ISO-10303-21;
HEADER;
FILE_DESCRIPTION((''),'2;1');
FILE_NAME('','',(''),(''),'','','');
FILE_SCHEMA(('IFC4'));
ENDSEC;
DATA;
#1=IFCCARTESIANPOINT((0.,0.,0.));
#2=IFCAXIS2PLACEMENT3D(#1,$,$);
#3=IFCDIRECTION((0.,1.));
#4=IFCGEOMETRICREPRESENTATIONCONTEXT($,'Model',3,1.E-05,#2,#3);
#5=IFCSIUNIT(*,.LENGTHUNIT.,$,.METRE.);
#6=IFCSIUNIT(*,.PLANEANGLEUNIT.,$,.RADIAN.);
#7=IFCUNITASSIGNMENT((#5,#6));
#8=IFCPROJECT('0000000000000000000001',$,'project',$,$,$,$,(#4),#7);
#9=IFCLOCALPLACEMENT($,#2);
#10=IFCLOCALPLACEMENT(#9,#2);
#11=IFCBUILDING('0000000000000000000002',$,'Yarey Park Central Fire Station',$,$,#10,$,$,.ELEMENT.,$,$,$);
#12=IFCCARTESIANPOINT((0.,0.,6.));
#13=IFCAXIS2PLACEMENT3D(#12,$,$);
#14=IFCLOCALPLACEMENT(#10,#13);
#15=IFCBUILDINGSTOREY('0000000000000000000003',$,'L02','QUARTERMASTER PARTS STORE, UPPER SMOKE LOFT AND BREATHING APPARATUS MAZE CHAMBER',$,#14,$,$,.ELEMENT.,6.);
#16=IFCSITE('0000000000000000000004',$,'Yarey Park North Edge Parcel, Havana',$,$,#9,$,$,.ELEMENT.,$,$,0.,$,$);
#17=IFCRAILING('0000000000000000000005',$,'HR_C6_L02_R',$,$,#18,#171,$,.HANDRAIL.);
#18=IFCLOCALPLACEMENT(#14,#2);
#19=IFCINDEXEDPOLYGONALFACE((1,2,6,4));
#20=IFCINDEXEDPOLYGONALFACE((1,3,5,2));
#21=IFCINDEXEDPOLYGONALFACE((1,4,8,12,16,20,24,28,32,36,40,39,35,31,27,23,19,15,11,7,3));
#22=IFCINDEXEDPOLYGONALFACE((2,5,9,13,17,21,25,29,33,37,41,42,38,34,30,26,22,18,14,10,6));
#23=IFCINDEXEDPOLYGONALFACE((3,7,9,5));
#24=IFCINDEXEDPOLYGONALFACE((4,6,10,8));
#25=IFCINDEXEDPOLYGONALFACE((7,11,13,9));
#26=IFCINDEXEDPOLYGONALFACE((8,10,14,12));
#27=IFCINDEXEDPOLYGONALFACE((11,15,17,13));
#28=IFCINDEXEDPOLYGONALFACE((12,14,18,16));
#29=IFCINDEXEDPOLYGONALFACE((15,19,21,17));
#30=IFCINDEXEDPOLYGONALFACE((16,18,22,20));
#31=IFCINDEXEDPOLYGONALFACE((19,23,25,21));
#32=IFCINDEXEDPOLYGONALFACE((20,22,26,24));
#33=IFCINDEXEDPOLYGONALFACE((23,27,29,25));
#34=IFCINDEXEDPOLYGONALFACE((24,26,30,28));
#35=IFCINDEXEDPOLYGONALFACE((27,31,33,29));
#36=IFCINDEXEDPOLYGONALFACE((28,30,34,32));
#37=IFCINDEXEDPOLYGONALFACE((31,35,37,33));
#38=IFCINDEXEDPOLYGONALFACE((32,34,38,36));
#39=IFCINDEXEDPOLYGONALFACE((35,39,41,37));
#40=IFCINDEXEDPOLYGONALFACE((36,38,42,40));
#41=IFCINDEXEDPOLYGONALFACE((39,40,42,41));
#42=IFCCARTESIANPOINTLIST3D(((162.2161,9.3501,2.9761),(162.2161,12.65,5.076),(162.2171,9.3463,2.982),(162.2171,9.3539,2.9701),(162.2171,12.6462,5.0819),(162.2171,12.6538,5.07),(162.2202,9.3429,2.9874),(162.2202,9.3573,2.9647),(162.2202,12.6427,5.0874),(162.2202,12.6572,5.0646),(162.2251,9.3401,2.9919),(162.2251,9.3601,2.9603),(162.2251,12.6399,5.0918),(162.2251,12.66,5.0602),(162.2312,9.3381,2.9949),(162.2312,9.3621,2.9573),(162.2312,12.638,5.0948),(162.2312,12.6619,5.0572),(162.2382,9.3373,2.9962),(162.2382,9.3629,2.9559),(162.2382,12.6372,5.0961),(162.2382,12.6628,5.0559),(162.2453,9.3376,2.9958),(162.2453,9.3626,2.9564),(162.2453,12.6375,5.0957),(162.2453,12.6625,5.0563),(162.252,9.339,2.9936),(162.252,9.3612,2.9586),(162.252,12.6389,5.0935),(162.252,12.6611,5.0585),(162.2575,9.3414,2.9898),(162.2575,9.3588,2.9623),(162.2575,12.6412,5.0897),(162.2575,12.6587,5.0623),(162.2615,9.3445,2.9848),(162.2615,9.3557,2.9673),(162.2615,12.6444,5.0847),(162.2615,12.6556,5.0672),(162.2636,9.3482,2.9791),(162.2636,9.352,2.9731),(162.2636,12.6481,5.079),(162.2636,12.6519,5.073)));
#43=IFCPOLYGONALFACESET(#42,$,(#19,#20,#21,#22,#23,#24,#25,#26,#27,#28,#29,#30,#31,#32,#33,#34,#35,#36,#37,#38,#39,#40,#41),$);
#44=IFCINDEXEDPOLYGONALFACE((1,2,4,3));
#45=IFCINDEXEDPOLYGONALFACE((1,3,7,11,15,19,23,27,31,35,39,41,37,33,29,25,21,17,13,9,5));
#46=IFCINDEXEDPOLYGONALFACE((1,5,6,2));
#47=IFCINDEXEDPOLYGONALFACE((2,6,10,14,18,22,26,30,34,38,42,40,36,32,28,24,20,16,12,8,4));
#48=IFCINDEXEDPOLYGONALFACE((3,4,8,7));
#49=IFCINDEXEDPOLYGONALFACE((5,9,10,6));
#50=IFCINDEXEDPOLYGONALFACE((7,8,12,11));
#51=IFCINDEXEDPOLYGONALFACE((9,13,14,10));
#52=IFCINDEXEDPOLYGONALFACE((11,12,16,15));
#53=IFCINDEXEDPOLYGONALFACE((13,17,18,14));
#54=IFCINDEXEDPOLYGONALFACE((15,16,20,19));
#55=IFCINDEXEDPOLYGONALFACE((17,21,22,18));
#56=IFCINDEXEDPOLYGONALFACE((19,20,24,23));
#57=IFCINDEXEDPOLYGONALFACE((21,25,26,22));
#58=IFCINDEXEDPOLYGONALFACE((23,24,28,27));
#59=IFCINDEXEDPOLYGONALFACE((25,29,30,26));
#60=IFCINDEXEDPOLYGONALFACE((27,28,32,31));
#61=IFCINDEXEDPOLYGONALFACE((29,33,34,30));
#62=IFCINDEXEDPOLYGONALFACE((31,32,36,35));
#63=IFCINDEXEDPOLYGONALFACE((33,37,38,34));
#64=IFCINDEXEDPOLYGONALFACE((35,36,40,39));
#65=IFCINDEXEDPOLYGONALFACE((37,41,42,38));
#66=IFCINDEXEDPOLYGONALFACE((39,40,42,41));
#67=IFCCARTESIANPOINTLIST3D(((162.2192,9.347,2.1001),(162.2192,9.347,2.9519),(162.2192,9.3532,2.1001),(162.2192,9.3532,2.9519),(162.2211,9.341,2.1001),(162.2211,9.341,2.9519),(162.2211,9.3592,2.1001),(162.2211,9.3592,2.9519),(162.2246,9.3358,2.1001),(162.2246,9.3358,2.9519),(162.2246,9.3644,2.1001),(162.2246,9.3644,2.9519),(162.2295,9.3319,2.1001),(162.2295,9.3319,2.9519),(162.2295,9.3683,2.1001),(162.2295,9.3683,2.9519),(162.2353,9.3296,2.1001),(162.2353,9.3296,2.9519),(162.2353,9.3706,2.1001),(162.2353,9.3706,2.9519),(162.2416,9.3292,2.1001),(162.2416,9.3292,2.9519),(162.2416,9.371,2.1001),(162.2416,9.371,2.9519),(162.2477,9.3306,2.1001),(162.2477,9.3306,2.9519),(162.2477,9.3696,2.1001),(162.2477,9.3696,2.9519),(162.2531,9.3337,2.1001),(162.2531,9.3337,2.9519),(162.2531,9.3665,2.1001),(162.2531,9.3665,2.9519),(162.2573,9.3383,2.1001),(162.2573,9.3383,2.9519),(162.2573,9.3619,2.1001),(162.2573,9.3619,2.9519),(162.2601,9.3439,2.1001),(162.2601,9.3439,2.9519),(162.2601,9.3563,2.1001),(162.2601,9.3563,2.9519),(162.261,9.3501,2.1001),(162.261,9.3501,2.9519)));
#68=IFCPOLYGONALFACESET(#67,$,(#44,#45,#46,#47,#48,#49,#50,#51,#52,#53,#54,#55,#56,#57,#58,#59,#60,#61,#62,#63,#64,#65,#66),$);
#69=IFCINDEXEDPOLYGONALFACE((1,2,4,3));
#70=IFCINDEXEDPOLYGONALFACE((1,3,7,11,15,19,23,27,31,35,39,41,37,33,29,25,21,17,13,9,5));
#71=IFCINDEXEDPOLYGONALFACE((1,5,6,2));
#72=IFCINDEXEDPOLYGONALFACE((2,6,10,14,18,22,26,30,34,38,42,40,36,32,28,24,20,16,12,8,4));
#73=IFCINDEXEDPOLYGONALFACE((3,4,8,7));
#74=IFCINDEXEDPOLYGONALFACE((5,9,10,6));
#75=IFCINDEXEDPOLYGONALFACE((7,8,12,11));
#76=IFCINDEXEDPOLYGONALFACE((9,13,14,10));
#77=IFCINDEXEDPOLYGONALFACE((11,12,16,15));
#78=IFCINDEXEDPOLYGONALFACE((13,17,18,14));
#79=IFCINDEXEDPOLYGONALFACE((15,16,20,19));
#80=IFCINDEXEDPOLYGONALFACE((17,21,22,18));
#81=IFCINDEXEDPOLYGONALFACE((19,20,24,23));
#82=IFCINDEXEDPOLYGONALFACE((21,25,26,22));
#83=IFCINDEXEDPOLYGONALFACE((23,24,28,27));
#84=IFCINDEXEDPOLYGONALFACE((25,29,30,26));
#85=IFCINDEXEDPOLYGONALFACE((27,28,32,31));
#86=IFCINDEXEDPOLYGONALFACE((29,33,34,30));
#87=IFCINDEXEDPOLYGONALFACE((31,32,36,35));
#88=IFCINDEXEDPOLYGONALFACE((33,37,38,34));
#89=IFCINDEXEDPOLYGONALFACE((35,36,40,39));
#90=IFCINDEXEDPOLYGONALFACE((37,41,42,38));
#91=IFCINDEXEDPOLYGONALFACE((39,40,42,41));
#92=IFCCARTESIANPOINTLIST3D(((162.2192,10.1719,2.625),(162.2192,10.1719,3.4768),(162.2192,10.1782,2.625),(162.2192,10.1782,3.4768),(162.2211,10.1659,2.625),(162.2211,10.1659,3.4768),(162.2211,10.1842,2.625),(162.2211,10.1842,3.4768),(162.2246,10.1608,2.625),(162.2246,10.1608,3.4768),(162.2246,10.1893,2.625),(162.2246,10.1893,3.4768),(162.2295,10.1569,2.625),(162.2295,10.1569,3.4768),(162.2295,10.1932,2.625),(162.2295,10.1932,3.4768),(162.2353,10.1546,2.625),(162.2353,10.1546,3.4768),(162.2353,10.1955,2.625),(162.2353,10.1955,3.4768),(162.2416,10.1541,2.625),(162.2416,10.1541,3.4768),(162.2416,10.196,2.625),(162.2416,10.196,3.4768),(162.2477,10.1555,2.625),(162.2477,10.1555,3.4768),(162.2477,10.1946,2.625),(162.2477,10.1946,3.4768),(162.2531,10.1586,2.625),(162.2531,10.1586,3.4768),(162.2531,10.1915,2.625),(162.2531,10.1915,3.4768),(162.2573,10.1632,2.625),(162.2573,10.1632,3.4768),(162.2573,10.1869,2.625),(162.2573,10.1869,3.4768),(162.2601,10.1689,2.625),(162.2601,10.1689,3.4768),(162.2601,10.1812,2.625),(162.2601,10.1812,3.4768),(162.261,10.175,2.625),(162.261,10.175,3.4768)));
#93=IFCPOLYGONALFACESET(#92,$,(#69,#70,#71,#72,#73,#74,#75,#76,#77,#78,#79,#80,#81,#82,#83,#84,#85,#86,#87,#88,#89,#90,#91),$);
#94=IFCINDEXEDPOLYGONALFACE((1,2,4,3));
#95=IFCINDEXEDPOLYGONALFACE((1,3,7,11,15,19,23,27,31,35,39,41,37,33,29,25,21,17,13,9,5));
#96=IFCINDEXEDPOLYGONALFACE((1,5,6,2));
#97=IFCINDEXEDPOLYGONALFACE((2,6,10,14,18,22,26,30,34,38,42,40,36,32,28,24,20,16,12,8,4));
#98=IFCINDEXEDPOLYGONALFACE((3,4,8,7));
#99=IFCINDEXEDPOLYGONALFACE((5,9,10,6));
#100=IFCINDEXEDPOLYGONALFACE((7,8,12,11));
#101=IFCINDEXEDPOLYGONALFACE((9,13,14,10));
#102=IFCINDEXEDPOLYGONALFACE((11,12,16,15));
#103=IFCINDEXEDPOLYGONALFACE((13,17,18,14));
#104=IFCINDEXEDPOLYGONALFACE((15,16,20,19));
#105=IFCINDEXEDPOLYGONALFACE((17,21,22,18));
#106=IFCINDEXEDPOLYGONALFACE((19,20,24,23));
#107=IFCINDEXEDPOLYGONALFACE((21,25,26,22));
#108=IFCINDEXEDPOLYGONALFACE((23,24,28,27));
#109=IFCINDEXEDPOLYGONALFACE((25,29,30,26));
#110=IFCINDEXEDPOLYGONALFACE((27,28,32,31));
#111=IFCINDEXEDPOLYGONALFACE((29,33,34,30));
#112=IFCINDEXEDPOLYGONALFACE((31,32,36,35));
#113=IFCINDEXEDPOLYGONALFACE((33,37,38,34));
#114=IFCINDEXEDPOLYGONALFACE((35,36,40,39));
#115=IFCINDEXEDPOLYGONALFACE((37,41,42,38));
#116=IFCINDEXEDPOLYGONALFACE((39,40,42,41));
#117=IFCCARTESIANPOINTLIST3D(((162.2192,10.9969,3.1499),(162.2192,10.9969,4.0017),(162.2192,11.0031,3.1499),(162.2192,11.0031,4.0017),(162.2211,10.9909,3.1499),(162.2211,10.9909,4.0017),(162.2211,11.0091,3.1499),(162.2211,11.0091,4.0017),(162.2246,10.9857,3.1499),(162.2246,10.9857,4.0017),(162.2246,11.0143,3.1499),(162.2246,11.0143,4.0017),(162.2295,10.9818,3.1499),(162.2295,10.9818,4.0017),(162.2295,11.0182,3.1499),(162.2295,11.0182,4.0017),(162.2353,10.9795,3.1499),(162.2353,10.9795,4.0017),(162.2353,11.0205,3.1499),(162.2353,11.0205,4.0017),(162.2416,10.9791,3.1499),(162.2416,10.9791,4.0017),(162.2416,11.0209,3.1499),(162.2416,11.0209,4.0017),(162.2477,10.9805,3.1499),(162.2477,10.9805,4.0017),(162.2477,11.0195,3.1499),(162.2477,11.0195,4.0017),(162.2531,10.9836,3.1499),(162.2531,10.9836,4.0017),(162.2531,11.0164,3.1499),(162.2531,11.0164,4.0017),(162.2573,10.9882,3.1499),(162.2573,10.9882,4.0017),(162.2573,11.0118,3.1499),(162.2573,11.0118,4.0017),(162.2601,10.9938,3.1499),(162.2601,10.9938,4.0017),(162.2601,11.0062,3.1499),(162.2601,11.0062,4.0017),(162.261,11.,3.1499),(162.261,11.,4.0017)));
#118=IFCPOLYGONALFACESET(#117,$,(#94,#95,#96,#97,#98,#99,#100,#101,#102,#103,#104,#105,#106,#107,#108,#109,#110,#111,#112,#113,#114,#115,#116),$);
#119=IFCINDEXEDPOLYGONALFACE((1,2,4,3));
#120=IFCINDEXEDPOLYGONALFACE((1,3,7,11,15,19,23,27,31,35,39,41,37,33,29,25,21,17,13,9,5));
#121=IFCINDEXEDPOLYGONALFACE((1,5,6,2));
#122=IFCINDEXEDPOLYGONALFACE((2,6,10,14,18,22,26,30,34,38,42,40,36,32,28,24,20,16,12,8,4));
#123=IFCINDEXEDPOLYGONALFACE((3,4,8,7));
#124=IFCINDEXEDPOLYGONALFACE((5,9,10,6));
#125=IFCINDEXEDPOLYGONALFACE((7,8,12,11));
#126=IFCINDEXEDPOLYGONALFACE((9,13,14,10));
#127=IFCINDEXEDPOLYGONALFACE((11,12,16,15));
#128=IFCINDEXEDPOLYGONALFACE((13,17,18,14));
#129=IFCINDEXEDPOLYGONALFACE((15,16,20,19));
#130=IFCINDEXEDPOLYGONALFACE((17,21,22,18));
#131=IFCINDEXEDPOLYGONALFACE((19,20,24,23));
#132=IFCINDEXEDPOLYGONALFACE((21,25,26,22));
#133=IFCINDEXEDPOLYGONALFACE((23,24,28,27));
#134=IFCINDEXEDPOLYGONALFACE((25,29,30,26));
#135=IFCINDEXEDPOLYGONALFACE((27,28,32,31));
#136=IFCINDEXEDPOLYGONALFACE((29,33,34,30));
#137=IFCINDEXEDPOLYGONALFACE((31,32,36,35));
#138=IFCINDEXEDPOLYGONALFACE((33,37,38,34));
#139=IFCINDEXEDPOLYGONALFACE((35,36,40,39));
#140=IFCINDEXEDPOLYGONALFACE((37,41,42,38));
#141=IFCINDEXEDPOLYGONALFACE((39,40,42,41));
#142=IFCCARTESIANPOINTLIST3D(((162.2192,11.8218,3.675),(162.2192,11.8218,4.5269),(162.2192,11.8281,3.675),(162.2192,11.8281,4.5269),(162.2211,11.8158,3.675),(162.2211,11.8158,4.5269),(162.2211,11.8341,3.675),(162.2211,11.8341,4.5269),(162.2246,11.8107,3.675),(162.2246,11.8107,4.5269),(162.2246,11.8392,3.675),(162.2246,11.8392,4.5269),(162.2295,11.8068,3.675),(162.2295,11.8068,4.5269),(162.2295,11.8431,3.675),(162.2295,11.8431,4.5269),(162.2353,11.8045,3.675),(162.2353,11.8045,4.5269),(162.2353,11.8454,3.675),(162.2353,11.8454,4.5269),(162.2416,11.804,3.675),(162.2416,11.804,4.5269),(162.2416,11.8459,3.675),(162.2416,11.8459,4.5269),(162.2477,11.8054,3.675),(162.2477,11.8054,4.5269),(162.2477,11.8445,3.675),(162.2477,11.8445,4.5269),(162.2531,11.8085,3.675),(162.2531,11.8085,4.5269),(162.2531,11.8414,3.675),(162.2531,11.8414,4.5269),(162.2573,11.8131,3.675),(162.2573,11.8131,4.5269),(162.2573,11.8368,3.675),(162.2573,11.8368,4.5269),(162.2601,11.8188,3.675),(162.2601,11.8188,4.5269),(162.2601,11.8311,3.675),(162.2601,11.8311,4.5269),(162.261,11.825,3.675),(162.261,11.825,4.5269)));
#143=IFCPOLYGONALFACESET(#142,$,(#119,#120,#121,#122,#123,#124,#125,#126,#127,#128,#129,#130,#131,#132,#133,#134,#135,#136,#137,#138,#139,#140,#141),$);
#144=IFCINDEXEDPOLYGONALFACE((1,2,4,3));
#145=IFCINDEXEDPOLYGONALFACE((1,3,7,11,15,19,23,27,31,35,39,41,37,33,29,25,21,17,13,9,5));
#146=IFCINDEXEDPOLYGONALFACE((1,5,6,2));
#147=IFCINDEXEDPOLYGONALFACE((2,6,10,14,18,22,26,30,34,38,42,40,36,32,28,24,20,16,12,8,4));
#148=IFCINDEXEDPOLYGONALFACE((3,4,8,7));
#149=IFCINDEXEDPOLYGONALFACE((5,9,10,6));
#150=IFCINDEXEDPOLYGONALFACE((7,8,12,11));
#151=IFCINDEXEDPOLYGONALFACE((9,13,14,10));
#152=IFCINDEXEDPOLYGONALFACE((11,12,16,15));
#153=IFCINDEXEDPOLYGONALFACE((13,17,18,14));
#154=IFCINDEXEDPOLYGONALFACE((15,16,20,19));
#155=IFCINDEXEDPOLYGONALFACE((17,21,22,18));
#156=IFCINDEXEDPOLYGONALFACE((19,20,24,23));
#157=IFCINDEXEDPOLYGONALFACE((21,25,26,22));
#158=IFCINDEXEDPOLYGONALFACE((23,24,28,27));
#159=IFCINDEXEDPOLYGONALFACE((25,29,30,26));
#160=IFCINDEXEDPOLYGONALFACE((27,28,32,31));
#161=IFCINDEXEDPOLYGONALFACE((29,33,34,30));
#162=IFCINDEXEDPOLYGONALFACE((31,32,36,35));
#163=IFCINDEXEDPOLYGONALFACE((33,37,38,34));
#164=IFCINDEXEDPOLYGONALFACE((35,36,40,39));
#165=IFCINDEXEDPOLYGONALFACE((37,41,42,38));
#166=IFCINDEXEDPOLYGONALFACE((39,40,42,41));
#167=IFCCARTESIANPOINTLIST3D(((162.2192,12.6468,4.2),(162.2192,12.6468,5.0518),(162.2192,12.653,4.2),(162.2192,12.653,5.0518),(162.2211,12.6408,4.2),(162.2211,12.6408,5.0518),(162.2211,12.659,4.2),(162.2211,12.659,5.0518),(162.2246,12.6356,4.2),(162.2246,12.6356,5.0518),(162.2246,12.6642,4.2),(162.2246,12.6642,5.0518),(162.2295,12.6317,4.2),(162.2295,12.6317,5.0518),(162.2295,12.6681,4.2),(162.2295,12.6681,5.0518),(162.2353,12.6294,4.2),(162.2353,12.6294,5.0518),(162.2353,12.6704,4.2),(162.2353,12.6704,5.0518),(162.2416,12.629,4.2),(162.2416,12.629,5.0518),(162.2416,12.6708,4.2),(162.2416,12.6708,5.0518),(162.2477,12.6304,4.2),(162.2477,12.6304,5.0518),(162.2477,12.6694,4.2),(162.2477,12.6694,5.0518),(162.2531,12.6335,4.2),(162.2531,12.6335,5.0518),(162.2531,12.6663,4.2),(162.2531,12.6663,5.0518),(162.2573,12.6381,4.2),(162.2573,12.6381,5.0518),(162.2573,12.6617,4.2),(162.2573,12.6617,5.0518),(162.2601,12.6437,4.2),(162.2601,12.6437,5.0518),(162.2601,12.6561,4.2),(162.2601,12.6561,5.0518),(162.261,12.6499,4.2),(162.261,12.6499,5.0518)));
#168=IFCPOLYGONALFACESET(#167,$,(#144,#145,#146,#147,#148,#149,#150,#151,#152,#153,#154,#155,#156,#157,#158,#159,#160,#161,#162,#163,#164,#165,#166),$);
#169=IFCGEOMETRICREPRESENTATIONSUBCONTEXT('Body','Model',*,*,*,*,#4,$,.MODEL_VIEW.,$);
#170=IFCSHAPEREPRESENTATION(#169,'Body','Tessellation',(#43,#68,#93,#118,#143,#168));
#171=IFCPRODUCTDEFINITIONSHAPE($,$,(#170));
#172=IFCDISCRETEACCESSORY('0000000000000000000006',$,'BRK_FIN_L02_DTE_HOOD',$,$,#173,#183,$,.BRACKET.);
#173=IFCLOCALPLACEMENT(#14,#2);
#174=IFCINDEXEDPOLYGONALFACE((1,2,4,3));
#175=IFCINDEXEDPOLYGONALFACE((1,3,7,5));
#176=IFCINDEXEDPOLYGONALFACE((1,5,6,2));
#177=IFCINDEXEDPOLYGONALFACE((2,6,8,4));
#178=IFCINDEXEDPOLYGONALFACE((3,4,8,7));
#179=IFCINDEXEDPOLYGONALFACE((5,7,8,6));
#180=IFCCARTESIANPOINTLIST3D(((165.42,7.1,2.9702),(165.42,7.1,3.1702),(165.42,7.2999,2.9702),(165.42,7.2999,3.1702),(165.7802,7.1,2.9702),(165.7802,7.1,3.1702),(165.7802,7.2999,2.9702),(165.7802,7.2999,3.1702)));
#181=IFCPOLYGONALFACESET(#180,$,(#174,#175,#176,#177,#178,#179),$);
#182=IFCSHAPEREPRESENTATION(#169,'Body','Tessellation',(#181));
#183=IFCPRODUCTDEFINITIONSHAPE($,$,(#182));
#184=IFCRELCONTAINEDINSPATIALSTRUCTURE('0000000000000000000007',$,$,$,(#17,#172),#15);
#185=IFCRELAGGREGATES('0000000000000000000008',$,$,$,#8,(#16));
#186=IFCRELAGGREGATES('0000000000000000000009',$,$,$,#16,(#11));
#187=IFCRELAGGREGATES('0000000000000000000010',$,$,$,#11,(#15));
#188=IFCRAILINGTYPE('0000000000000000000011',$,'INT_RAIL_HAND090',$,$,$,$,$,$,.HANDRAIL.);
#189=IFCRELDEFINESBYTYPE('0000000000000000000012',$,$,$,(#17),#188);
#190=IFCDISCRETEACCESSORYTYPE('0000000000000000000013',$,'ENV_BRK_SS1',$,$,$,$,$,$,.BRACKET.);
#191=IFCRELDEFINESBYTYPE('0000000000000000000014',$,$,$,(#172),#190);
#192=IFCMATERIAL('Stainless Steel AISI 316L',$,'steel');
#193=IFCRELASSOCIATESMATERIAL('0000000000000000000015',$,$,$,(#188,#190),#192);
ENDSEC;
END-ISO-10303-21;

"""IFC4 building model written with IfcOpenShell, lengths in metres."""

from ifc_helpers import new_model, si_unit, direction, frame, origin, origin_2d, place, context, subcontext, project, spatial, rectangle, circle, extrude, material, type_object, element, save


model = new_model("IFC4")

# Units and contexts
model_context = context("Model", 3, precision=1e-05, world=origin(), true_north=direction((0.0, 1.0)))
body_context = subcontext(model_context, "Body", "Model", "MODEL_VIEW")
ifc_project = project(units=[si_unit("LENGTHUNIT", "METRE"), si_unit("PLANEANGLEUNIT", "RADIAN")], contexts=[model_context])

# Site, building, storey
site_placement = place(None, origin())
site = spatial("IfcSite", under=ifc_project, at=site_placement, Name="Yarey Park North Edge Parcel, Havana", CompositionType="ELEMENT", RefElevation=0.0)
building_placement = place(site_placement, origin())
building = spatial("IfcBuilding", under=site, at=building_placement, Name="Yarey Park Central Fire Station", CompositionType="ELEMENT")
storey_placement = place(building_placement, frame((0.0, 0.0, 6.0)))
storey = spatial("IfcBuildingStorey", under=building, at=storey_placement, Name="L02", Description="QUARTERMASTER PARTS STORE, UPPER SMOKE LOFT AND BREATHING APPARATUS MAZE CHAMBER", CompositionType="ELEMENT", Elevation=6.0)

# Railing
ifc_material_1 = material(Name="Stainless Steel AISI 316L", Category="steel")
railing_type = type_object("IfcRailingType", Name="INT_RAIL_HAND090", PredefinedType="HANDRAIL", material=ifc_material_1)
railing_placement = place(storey_placement, frame((162.24, 9.3501, 2.1001)))
element("IfcRailing", 1, at=railing_placement, inside=storey, type_object=railing_type, Name="HR_C6_L02_R", PredefinedType="HANDRAIL", context=body_context, shape_type="SweptSolid", body=[
    extrude(circle(Radius=0.0239, at=origin_2d()), frame((0.0, 0.0, 0.876), z_axis=(0.0, 0.843664, 0.536871), x_axis=(-1.0, 0.0, 0.0)), (0.0, 0.0, 1.0), 3.9114),
    extrude(circle(Radius=0.021, at=origin_2d()), origin(), (0.0, 0.0, 1.0), 0.8518),
    extrude(circle(Radius=0.021, at=origin_2d()), frame((0.0, 0.825, 0.5249)), (0.0, 0.0, 1.0), 0.8518),
    extrude(circle(Radius=0.021, at=origin_2d()), frame((0.0, 1.6499, 1.0498)), (0.0, 0.0, 1.0), 0.8518),
    extrude(circle(Radius=0.021, at=origin_2d()), frame((0.0, 2.4749, 1.575)), (0.0, 0.0, 1.0), 0.8518),
    extrude(circle(Radius=0.021, at=origin_2d()), frame((0.0, 3.2998, 2.0999)), (0.0, 0.0, 1.0), 0.8518),
])

# Discrete accessory
discrete_accessory_type = type_object("IfcDiscreteAccessoryType", Name="ENV_BRK_SS1", PredefinedType="BRACKET", material=ifc_material_1)
discrete_accessory_placement = place(storey_placement, frame((165.6001, 7.2, 2.9702), z_axis=(0.0, 0.0, 1.0), x_axis=(1.0, 0.0, 0.0)))
element("IfcDiscreteAccessory", 2, at=discrete_accessory_placement, inside=storey, type_object=discrete_accessory_type, Name="BRK_FIN_L02_DTE_HOOD", PredefinedType="BRACKET", context=body_context, shape_type="SweptSolid", body=[
    extrude(rectangle(XDim=0.3601, YDim=0.2, at=origin_2d()), origin(), (0.0, 0.0, 1.0), 0.2),
])

save(model, "model.ifc")
